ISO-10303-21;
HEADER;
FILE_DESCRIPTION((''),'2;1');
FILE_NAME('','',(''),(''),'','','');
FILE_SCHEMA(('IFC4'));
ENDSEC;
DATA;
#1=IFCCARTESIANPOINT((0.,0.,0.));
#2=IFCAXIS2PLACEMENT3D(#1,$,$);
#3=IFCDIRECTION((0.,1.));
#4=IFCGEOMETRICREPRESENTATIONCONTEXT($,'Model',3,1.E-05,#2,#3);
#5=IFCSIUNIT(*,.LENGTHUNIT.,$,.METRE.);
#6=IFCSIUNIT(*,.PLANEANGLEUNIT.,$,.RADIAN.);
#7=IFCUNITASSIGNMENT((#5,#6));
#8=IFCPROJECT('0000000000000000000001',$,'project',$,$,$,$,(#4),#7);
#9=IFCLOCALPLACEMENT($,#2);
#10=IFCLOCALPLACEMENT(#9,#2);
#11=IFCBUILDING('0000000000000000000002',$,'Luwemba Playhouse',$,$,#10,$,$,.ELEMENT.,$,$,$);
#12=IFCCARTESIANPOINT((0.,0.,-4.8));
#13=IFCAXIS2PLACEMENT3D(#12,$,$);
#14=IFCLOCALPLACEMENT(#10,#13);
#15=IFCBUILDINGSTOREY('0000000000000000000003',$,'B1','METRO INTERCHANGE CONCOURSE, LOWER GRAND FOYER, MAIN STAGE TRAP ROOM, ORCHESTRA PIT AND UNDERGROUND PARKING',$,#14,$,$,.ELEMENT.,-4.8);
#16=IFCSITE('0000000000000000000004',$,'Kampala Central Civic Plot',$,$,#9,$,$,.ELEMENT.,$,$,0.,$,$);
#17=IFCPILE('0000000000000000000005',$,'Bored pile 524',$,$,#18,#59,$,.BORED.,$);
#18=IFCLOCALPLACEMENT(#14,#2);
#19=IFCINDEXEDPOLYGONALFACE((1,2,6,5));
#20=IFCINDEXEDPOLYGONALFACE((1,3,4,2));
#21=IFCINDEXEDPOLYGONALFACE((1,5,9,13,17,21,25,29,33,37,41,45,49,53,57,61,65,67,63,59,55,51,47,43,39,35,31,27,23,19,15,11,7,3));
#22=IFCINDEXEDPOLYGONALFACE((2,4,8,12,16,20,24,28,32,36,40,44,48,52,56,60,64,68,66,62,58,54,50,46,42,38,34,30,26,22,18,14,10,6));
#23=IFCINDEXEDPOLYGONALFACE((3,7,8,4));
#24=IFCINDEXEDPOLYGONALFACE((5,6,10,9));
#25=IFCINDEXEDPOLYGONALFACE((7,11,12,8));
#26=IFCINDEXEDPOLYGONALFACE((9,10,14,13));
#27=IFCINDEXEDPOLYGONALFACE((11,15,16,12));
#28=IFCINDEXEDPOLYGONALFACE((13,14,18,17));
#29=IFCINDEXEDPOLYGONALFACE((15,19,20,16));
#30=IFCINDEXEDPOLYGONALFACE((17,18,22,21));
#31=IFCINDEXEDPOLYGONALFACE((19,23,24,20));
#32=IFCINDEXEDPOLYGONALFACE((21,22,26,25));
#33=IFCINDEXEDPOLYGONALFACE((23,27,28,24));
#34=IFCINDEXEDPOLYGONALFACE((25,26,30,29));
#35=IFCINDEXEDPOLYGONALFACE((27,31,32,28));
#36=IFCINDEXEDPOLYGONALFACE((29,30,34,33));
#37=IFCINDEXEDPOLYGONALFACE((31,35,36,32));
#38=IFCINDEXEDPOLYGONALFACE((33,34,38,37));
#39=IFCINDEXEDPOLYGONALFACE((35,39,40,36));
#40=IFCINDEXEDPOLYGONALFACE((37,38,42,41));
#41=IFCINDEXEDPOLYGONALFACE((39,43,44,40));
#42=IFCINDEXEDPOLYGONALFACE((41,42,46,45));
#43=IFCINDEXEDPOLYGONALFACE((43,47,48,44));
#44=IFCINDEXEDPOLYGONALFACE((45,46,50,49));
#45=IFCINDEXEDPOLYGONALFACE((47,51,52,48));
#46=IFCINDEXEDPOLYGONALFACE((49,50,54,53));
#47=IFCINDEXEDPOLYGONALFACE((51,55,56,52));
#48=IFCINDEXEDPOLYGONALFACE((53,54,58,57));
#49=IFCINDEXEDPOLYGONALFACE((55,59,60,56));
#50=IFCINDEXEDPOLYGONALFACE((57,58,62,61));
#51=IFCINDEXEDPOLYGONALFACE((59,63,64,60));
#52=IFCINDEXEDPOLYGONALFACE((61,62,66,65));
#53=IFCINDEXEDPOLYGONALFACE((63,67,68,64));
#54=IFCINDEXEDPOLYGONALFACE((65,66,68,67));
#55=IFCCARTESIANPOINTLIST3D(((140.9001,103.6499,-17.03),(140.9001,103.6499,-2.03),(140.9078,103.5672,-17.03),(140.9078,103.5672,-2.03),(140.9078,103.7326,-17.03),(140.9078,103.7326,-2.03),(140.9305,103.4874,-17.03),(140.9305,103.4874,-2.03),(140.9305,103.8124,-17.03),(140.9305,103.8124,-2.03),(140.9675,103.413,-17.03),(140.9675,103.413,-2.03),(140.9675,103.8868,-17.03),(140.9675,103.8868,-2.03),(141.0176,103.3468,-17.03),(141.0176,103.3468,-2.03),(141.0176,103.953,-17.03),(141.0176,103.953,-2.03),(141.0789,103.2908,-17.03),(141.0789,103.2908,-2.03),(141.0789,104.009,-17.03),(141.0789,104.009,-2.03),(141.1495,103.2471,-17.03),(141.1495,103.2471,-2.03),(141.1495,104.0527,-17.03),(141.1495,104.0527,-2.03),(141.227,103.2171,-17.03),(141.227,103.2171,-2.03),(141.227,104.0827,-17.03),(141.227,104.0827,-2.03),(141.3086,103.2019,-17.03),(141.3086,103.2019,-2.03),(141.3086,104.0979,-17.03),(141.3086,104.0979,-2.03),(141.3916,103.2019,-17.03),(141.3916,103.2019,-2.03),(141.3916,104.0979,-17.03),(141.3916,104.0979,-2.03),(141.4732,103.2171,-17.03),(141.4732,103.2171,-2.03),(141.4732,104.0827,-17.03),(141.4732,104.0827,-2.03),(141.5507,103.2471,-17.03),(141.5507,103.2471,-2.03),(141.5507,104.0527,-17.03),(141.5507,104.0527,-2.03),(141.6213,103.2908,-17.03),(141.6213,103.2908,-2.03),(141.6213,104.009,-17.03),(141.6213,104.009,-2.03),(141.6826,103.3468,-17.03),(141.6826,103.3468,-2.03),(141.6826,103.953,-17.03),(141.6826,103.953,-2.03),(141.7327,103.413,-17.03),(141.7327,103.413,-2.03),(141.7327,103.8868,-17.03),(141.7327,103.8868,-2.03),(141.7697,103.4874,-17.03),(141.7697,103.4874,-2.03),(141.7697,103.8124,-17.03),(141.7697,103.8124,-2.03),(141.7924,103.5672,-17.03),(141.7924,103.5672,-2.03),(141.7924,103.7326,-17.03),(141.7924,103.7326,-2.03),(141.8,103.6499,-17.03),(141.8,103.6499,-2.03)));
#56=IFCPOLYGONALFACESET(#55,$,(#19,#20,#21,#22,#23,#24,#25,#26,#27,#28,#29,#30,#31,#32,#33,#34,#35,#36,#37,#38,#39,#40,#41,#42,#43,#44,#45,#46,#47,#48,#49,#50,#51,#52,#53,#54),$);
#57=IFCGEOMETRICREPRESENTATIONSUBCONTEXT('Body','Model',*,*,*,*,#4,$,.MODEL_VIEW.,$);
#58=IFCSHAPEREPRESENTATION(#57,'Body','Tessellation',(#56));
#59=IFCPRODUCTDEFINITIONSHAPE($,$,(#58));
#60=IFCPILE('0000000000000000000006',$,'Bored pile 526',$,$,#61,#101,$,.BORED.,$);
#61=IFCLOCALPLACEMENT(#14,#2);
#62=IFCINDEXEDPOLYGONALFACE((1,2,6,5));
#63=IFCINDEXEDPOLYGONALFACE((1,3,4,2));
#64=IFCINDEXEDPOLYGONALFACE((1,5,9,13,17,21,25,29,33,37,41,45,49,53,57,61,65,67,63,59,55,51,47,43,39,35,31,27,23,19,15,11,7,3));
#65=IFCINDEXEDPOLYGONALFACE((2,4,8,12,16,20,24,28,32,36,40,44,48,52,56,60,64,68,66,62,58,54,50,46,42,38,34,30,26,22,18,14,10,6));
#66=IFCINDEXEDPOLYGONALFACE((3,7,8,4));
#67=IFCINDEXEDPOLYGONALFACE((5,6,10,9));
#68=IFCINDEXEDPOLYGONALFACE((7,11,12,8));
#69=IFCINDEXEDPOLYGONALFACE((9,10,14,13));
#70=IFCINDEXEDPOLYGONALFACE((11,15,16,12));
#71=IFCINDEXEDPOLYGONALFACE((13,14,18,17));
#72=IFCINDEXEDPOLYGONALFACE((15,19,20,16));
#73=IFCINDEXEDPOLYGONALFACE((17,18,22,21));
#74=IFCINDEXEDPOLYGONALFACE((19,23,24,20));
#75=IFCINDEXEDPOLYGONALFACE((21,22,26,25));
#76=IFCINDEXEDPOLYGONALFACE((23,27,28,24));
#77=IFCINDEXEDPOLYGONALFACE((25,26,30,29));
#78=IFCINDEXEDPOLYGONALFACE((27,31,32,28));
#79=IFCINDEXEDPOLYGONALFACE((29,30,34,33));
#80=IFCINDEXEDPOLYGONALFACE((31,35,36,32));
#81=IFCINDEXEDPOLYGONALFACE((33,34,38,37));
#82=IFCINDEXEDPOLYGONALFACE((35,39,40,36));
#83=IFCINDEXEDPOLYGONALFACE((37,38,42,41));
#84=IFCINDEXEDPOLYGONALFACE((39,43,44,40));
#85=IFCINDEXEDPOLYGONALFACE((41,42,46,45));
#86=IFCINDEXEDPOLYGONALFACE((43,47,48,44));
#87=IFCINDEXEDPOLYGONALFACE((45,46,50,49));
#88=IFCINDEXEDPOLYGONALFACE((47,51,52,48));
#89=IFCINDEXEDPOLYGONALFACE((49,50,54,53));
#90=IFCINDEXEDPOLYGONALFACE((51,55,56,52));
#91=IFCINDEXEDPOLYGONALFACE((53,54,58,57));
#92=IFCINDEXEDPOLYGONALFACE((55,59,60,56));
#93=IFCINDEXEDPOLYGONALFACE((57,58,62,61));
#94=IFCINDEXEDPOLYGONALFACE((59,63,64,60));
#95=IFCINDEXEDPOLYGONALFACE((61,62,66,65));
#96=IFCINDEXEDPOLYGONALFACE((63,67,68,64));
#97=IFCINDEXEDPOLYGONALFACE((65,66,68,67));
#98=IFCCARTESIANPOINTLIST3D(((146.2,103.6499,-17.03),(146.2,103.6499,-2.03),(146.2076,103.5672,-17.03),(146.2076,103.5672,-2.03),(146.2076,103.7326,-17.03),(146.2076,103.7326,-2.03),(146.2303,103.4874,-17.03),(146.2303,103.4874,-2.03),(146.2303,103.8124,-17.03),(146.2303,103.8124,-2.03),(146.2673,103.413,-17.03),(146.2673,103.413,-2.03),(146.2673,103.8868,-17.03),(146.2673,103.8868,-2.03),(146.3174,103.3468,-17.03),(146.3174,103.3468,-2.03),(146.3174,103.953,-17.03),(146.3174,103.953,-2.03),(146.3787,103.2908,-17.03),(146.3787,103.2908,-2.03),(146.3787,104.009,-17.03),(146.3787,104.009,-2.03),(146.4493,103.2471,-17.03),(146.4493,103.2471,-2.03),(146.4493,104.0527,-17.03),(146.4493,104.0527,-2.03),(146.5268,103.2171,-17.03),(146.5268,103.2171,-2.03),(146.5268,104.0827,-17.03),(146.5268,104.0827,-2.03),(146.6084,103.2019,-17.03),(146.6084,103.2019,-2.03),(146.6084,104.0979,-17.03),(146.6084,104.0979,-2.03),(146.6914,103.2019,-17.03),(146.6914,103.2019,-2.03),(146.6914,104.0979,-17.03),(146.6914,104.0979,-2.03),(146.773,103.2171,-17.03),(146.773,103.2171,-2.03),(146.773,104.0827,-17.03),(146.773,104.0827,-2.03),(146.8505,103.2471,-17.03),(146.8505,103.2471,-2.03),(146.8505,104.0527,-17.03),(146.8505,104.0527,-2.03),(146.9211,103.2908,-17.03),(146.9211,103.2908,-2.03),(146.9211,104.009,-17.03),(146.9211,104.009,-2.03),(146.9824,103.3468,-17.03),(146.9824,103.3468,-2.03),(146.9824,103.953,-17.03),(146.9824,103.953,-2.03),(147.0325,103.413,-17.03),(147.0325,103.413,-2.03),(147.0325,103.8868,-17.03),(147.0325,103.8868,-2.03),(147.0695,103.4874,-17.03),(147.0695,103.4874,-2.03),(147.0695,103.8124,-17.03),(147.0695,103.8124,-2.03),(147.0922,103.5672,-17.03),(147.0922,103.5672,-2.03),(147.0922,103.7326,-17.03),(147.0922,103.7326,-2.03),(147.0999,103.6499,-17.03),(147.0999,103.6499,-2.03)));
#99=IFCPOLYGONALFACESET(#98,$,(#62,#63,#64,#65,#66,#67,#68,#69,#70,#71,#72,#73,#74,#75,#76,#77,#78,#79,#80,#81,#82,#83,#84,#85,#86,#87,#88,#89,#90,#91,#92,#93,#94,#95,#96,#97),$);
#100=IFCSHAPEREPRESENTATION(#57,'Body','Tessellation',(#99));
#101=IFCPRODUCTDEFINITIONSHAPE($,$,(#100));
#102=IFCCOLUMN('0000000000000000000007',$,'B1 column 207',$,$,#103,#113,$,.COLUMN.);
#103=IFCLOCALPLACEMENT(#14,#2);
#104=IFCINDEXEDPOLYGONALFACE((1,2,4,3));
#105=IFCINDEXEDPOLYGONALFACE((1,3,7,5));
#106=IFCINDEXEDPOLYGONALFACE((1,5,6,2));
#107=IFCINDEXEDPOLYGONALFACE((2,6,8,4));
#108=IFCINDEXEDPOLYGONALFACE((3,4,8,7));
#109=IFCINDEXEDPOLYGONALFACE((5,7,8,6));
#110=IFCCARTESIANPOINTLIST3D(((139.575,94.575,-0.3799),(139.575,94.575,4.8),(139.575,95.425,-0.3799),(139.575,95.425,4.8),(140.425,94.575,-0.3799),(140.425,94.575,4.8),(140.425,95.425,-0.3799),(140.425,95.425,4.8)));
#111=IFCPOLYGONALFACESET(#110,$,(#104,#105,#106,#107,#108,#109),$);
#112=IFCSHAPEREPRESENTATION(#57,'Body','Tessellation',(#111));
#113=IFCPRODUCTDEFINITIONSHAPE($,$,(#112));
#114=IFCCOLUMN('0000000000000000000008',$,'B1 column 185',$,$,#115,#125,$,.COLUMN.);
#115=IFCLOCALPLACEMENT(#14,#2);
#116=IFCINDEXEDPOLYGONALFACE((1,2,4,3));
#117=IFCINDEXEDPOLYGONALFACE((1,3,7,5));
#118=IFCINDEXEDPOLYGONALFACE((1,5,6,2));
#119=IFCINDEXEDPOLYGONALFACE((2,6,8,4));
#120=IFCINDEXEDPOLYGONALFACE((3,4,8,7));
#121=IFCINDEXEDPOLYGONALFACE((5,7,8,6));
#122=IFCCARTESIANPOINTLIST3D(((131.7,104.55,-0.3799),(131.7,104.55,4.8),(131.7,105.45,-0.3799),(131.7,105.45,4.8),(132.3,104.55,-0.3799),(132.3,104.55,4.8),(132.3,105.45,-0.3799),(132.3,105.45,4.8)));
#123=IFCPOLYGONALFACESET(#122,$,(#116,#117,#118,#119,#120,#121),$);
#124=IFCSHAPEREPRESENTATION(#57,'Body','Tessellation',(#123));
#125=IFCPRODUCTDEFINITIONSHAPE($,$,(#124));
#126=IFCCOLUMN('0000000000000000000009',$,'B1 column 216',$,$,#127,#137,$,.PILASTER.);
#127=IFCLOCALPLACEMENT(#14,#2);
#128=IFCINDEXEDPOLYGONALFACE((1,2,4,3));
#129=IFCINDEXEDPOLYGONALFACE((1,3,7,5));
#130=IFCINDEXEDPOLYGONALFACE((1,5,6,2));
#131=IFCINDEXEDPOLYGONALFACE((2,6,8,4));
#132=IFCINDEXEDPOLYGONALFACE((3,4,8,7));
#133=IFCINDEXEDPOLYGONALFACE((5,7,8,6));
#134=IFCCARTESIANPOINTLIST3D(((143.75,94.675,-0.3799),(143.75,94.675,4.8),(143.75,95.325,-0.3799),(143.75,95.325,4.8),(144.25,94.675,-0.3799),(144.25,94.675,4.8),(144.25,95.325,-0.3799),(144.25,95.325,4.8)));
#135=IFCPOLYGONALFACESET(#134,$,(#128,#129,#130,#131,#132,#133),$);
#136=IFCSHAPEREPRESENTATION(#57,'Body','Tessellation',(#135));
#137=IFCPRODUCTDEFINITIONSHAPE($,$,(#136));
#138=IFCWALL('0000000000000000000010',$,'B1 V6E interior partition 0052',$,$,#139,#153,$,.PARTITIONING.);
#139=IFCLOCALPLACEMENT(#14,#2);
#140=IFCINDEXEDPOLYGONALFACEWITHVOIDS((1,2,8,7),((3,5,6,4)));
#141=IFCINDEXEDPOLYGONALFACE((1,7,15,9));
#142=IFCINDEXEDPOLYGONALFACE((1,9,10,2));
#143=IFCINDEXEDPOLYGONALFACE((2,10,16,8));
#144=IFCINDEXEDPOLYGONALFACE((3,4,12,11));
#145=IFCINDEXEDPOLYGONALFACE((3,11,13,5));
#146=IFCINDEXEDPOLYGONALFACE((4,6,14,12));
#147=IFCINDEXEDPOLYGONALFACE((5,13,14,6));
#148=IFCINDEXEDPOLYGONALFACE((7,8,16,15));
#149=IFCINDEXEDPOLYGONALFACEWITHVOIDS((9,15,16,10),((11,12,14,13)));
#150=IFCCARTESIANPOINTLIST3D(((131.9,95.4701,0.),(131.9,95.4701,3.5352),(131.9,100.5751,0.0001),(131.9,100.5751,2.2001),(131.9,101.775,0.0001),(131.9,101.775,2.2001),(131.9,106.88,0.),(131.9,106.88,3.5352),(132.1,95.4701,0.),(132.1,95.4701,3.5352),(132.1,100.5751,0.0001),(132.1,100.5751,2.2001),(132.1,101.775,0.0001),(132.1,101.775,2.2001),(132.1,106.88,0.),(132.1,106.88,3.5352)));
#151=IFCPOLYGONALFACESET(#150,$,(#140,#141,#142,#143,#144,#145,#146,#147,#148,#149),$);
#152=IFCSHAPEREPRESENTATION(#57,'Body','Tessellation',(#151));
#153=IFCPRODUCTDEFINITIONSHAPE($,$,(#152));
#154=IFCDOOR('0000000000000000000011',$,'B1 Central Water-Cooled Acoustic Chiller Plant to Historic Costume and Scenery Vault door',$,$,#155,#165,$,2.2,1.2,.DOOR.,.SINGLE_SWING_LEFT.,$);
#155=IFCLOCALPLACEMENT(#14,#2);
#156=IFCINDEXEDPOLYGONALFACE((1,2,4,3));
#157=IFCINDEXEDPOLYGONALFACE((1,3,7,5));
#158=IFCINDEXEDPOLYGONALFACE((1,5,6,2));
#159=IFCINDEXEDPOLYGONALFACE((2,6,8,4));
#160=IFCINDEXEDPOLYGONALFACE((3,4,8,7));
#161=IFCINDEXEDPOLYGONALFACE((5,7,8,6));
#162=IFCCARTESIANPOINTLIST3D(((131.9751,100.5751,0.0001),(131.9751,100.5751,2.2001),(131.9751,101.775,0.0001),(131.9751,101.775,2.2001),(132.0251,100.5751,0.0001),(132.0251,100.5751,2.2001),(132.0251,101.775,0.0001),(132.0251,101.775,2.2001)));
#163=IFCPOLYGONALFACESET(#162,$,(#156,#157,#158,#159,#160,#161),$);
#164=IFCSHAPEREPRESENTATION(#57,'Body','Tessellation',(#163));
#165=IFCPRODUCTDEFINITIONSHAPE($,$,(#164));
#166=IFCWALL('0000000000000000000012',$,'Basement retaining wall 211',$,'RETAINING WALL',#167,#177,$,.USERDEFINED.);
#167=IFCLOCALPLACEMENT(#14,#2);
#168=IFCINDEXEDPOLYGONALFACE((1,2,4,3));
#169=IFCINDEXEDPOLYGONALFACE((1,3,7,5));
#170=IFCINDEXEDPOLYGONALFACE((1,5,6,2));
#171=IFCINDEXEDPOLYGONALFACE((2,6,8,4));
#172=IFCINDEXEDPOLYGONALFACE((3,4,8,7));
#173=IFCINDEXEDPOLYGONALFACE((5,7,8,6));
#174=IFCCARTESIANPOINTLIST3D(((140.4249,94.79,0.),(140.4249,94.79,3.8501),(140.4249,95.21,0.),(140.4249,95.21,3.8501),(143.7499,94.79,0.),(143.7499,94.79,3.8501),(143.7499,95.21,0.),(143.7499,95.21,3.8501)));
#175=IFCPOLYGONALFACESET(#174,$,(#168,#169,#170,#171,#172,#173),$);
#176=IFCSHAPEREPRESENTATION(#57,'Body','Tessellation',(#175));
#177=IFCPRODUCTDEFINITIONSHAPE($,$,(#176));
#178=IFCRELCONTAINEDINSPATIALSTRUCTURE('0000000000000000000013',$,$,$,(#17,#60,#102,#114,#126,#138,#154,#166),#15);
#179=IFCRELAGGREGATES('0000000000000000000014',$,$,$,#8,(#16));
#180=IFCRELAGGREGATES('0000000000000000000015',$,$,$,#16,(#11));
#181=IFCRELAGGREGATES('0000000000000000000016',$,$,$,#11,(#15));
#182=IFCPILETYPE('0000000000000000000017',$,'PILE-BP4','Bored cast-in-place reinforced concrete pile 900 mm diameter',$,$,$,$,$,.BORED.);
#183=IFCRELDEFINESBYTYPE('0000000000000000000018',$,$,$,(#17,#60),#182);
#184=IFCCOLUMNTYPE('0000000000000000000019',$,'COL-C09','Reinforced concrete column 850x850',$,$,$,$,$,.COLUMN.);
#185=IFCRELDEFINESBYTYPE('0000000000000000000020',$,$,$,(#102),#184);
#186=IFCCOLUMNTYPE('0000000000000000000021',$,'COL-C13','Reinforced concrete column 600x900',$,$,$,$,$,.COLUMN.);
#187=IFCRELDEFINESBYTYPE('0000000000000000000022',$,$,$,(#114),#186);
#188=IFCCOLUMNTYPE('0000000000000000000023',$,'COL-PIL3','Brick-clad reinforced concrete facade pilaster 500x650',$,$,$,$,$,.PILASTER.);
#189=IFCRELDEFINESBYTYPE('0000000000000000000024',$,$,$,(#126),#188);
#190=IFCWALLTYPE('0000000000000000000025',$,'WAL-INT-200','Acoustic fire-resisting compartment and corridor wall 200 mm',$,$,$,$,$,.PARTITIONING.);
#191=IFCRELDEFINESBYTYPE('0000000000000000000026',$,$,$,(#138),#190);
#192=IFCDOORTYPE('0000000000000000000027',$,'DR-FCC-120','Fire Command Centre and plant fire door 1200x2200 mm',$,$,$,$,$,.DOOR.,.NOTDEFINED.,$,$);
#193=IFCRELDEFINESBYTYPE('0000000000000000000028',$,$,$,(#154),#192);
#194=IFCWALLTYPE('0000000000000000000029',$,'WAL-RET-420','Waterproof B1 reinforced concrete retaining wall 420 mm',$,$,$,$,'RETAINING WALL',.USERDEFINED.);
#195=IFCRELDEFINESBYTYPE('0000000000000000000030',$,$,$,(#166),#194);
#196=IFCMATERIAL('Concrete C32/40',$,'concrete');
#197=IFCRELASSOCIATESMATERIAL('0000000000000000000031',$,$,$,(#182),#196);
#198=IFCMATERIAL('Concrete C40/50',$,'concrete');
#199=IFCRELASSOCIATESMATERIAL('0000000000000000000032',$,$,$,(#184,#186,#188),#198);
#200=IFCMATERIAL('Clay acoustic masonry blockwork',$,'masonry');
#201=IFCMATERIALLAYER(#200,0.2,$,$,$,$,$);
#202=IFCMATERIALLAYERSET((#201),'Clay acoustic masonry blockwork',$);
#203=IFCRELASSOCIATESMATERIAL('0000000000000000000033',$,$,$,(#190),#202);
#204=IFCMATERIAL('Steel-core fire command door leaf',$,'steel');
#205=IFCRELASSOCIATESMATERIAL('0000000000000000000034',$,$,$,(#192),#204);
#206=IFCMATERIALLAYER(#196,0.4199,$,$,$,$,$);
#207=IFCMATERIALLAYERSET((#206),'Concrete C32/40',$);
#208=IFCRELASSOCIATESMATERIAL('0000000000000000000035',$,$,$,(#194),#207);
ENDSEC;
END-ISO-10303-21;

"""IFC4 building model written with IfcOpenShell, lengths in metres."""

from ifc_helpers import new_model, si_unit, direction, frame, frame_2d, origin, origin_2d, place, context, subcontext, project, spatial, rectangle, circle, extrude, material, layer, layer_set, material_profile, profile_set, type_object, element, fill, save


model = new_model("IFC4")

# Units and contexts
model_context = context("Model", 3, precision=1e-05, world=origin(), true_north=direction((0.0, 1.0)))
body_context = subcontext(model_context, "Body", "Model", "MODEL_VIEW")
ifc_project = project(units=[si_unit("LENGTHUNIT", "METRE"), si_unit("PLANEANGLEUNIT", "RADIAN")], contexts=[model_context])

# Site, building, storey
site_placement = place(None, origin())
site = spatial("IfcSite", under=ifc_project, at=site_placement, Name="Kampala Central Civic Plot", CompositionType="ELEMENT", RefElevation=0.0)
building_placement = place(site_placement, origin())
building = spatial("IfcBuilding", under=site, at=building_placement, Name="Luwemba Playhouse", CompositionType="ELEMENT")
storey_placement = place(building_placement, frame((0.0, 0.0, -4.8)))
storey = spatial("IfcBuildingStorey", under=building, at=storey_placement, Name="B1", Description="METRO INTERCHANGE CONCOURSE, LOWER GRAND FOYER, MAIN STAGE TRAP ROOM, ORCHESTRA PIT AND UNDERGROUND PARKING", CompositionType="ELEMENT", Elevation=-4.8)

# Shared definitions
ifc_material_1 = material(Name="Concrete C32/40", Category="concrete")

# Piles
ifc_material_profile_1 = material_profile(ifc_material_1, circle(Radius=0.45, at=origin_2d()))
ifc_profile_set_1 = profile_set([ifc_material_profile_1], Name="Concrete C32/40")
pile_type_1 = type_object("IfcPileType", Name="PILE-BP4", Description="Bored cast-in-place reinforced concrete pile 900 mm diameter", PredefinedType="BORED", material=ifc_profile_set_1)
for number, where, z_axis, x_axis, name in (
    (1, (141.3501, 103.6499, -2.03), (0.0, 0.0, -1.0), (1.0, 0.0, 0.0), "Bored pile 524"),
    (2, (146.6499, 103.6499, -2.03), (0.0, 0.0, -1.0), (1.0, 0.0, 0.0), "Bored pile 526"),
):
    element("IfcPile", number, at=place(storey_placement, frame(where, z_axis=z_axis, x_axis=x_axis)), inside=storey, type_object=pile_type_1, Name=name, PredefinedType="BORED", context=body_context, shape_type="SweptSolid", body=[
        extrude(circle(Radius=0.45, at=origin_2d()), origin(), (0.0, 0.0, 1.0), 15.0),
    ])

# Columns
ifc_material_2 = material(Name="Concrete C40/50", Category="concrete")
ifc_material_profile_2 = material_profile(ifc_material_2, rectangle(XDim=0.8501, YDim=0.8501, at=origin_2d()))
ifc_profile_set_2 = profile_set([ifc_material_profile_2], Name="Concrete C40/50")
column_type_1 = type_object("IfcColumnType", Name="COL-C09", Description="Reinforced concrete column 850x850", PredefinedType="COLUMN", material=ifc_profile_set_2)
column_1_placement = place(storey_placement, frame((140.0, 95.0, -0.3799), z_axis=(0.0, 0.0, 1.0), x_axis=(1.0, 0.0, 0.0)))
element("IfcColumn", 3, at=column_1_placement, inside=storey, type_object=column_type_1, Name="B1 column 207", PredefinedType="COLUMN", context=body_context, shape_type="SweptSolid", body=[
    extrude(rectangle(XDim=0.8501, YDim=0.8501, at=origin_2d()), origin(), (0.0, 0.0, 1.0), 5.1799),
])
ifc_material_profile_3 = material_profile(ifc_material_2, rectangle(XDim=0.6001, YDim=0.8999, at=origin_2d()))
ifc_profile_set_3 = profile_set([ifc_material_profile_3], Name="Concrete C40/50")
column_type_2 = type_object("IfcColumnType", Name="COL-C13", Description="Reinforced concrete column 600x900", PredefinedType="COLUMN", material=ifc_profile_set_3)
column_2_placement = place(storey_placement, frame((132.0, 105.0, -0.3799), z_axis=(0.0, 0.0, 1.0), x_axis=(1.0, 0.0, 0.0)))
element("IfcColumn", 4, at=column_2_placement, inside=storey, type_object=column_type_2, Name="B1 column 185", PredefinedType="COLUMN", context=body_context, shape_type="SweptSolid", body=[
    extrude(rectangle(XDim=0.6001, YDim=0.8999, at=origin_2d()), origin(), (0.0, 0.0, 1.0), 5.1799),
])
ifc_material_profile_4 = material_profile(ifc_material_2, rectangle(XDim=0.5, YDim=0.6499, at=origin_2d()))
ifc_profile_set_4 = profile_set([ifc_material_profile_4], Name="Concrete C40/50")
column_type_3 = type_object("IfcColumnType", Name="COL-PIL3", Description="Brick-clad reinforced concrete facade pilaster 500x650", PredefinedType="PILASTER", material=ifc_profile_set_4)
column_3_placement = place(storey_placement, frame((144.0, 95.0, -0.3799), z_axis=(0.0, 0.0, 1.0), x_axis=(1.0, 0.0, 0.0)))
element("IfcColumn", 5, at=column_3_placement, inside=storey, type_object=column_type_3, Name="B1 column 216", PredefinedType="PILASTER", context=body_context, shape_type="SweptSolid", body=[
    extrude(rectangle(XDim=0.5, YDim=0.6499, at=origin_2d()), origin(), (0.0, 0.0, 1.0), 5.1799),
])

# Wall, opening, door
ifc_material_3 = material(Name="Clay acoustic masonry blockwork", Category="masonry")
ifc_layer_1 = layer(ifc_material_3, 0.2)
ifc_layer_set_1 = layer_set([ifc_layer_1], Name="Clay acoustic masonry blockwork")
wall_type_1 = type_object("IfcWallType", Name="WAL-INT-200", Description="Acoustic fire-resisting compartment and corridor wall 200 mm", PredefinedType="PARTITIONING", material=ifc_layer_set_1)
wall_1_placement = place(storey_placement, frame((132.0, 95.47, 0.0), z_axis=(0.0, 0.0, 1.0), x_axis=(0.0, 1.0, 0.0)))
wall_1 = element("IfcWall", 6, at=wall_1_placement, inside=storey, type_object=wall_type_1, Name="B1 V6E interior partition 0052", PredefinedType="PARTITIONING", context=body_context, shape_type="SweptSolid", body=[
    extrude(rectangle(XDim=11.4099, YDim=0.2, at=frame_2d((5.7051, 0.0))), origin(), (0.0, 0.0, 1.0), 3.5352),
])
opening_placement = place(wall_1_placement, frame((5.105, 0.0, 0.0)))
opening = element("IfcOpeningElement", 7, at=opening_placement, cuts=wall_1, PredefinedType="OPENING", context=body_context, shape_type="SweptSolid", body=[
    extrude(rectangle(XDim=1.2, YDim=2.2, at=frame_2d((0.6001, 1.1001))), frame((0.0, 0.1099, 0.0), z_axis=(0.0, -1.0, 0.0), x_axis=(1.0, 0.0, 0.0)), (0.0, 0.0, 1.0), 0.22),
])
ifc_material_4 = material(Name="Steel-core fire command door leaf", Category="steel")
door_type = type_object("IfcDoorType", Name="DR-FCC-120", Description="Fire Command Centre and plant fire door 1200x2200 mm", OperationType="NOTDEFINED", PredefinedType="DOOR", material=ifc_material_4)
door_placement = place(opening_placement, origin())
door = element("IfcDoor", 8, at=door_placement, inside=storey, type_object=door_type, Name="B1 Central Water-Cooled Acoustic Chiller Plant to Historic Costume and Scenery Vault door", OperationType="SINGLE_SWING_LEFT", OverallHeight=2.2, OverallWidth=1.2, PredefinedType="DOOR", context=body_context, shape_type="SweptSolid", body=[
    extrude(rectangle(XDim=1.2, YDim=2.2, at=frame_2d((0.6001, 1.1001))), frame((0.0, 0.0249, 0.0), z_axis=(0.0, -1.0, 0.0), x_axis=(1.0, 0.0, 0.0)), (0.0, 0.0, 1.0), 0.05),
])
fill(opening, door)

# Wall
ifc_layer_2 = layer(ifc_material_1, 0.4199)
ifc_layer_set_2 = layer_set([ifc_layer_2], Name="Concrete C32/40")
wall_type_2 = type_object("IfcWallType", Name="WAL-RET-420", Description="Waterproof B1 reinforced concrete retaining wall 420 mm", ElementType="RETAINING WALL", PredefinedType="USERDEFINED", material=ifc_layer_set_2)
wall_2_placement = place(storey_placement, frame((143.75, 95.0, 0.0), z_axis=(0.0, 0.0, 1.0), x_axis=(-1.0, 0.0, 0.0)))
element("IfcWall", 9, at=wall_2_placement, inside=storey, type_object=wall_type_2, Name="Basement retaining wall 211", ObjectType="RETAINING WALL", PredefinedType="USERDEFINED", context=body_context, shape_type="SweptSolid", body=[
    extrude(rectangle(XDim=3.325, YDim=0.4199, at=frame_2d((1.6626, 0.0))), origin(), (0.0, 0.0, 1.0), 3.8501),
])

save(model, "model.ifc")
